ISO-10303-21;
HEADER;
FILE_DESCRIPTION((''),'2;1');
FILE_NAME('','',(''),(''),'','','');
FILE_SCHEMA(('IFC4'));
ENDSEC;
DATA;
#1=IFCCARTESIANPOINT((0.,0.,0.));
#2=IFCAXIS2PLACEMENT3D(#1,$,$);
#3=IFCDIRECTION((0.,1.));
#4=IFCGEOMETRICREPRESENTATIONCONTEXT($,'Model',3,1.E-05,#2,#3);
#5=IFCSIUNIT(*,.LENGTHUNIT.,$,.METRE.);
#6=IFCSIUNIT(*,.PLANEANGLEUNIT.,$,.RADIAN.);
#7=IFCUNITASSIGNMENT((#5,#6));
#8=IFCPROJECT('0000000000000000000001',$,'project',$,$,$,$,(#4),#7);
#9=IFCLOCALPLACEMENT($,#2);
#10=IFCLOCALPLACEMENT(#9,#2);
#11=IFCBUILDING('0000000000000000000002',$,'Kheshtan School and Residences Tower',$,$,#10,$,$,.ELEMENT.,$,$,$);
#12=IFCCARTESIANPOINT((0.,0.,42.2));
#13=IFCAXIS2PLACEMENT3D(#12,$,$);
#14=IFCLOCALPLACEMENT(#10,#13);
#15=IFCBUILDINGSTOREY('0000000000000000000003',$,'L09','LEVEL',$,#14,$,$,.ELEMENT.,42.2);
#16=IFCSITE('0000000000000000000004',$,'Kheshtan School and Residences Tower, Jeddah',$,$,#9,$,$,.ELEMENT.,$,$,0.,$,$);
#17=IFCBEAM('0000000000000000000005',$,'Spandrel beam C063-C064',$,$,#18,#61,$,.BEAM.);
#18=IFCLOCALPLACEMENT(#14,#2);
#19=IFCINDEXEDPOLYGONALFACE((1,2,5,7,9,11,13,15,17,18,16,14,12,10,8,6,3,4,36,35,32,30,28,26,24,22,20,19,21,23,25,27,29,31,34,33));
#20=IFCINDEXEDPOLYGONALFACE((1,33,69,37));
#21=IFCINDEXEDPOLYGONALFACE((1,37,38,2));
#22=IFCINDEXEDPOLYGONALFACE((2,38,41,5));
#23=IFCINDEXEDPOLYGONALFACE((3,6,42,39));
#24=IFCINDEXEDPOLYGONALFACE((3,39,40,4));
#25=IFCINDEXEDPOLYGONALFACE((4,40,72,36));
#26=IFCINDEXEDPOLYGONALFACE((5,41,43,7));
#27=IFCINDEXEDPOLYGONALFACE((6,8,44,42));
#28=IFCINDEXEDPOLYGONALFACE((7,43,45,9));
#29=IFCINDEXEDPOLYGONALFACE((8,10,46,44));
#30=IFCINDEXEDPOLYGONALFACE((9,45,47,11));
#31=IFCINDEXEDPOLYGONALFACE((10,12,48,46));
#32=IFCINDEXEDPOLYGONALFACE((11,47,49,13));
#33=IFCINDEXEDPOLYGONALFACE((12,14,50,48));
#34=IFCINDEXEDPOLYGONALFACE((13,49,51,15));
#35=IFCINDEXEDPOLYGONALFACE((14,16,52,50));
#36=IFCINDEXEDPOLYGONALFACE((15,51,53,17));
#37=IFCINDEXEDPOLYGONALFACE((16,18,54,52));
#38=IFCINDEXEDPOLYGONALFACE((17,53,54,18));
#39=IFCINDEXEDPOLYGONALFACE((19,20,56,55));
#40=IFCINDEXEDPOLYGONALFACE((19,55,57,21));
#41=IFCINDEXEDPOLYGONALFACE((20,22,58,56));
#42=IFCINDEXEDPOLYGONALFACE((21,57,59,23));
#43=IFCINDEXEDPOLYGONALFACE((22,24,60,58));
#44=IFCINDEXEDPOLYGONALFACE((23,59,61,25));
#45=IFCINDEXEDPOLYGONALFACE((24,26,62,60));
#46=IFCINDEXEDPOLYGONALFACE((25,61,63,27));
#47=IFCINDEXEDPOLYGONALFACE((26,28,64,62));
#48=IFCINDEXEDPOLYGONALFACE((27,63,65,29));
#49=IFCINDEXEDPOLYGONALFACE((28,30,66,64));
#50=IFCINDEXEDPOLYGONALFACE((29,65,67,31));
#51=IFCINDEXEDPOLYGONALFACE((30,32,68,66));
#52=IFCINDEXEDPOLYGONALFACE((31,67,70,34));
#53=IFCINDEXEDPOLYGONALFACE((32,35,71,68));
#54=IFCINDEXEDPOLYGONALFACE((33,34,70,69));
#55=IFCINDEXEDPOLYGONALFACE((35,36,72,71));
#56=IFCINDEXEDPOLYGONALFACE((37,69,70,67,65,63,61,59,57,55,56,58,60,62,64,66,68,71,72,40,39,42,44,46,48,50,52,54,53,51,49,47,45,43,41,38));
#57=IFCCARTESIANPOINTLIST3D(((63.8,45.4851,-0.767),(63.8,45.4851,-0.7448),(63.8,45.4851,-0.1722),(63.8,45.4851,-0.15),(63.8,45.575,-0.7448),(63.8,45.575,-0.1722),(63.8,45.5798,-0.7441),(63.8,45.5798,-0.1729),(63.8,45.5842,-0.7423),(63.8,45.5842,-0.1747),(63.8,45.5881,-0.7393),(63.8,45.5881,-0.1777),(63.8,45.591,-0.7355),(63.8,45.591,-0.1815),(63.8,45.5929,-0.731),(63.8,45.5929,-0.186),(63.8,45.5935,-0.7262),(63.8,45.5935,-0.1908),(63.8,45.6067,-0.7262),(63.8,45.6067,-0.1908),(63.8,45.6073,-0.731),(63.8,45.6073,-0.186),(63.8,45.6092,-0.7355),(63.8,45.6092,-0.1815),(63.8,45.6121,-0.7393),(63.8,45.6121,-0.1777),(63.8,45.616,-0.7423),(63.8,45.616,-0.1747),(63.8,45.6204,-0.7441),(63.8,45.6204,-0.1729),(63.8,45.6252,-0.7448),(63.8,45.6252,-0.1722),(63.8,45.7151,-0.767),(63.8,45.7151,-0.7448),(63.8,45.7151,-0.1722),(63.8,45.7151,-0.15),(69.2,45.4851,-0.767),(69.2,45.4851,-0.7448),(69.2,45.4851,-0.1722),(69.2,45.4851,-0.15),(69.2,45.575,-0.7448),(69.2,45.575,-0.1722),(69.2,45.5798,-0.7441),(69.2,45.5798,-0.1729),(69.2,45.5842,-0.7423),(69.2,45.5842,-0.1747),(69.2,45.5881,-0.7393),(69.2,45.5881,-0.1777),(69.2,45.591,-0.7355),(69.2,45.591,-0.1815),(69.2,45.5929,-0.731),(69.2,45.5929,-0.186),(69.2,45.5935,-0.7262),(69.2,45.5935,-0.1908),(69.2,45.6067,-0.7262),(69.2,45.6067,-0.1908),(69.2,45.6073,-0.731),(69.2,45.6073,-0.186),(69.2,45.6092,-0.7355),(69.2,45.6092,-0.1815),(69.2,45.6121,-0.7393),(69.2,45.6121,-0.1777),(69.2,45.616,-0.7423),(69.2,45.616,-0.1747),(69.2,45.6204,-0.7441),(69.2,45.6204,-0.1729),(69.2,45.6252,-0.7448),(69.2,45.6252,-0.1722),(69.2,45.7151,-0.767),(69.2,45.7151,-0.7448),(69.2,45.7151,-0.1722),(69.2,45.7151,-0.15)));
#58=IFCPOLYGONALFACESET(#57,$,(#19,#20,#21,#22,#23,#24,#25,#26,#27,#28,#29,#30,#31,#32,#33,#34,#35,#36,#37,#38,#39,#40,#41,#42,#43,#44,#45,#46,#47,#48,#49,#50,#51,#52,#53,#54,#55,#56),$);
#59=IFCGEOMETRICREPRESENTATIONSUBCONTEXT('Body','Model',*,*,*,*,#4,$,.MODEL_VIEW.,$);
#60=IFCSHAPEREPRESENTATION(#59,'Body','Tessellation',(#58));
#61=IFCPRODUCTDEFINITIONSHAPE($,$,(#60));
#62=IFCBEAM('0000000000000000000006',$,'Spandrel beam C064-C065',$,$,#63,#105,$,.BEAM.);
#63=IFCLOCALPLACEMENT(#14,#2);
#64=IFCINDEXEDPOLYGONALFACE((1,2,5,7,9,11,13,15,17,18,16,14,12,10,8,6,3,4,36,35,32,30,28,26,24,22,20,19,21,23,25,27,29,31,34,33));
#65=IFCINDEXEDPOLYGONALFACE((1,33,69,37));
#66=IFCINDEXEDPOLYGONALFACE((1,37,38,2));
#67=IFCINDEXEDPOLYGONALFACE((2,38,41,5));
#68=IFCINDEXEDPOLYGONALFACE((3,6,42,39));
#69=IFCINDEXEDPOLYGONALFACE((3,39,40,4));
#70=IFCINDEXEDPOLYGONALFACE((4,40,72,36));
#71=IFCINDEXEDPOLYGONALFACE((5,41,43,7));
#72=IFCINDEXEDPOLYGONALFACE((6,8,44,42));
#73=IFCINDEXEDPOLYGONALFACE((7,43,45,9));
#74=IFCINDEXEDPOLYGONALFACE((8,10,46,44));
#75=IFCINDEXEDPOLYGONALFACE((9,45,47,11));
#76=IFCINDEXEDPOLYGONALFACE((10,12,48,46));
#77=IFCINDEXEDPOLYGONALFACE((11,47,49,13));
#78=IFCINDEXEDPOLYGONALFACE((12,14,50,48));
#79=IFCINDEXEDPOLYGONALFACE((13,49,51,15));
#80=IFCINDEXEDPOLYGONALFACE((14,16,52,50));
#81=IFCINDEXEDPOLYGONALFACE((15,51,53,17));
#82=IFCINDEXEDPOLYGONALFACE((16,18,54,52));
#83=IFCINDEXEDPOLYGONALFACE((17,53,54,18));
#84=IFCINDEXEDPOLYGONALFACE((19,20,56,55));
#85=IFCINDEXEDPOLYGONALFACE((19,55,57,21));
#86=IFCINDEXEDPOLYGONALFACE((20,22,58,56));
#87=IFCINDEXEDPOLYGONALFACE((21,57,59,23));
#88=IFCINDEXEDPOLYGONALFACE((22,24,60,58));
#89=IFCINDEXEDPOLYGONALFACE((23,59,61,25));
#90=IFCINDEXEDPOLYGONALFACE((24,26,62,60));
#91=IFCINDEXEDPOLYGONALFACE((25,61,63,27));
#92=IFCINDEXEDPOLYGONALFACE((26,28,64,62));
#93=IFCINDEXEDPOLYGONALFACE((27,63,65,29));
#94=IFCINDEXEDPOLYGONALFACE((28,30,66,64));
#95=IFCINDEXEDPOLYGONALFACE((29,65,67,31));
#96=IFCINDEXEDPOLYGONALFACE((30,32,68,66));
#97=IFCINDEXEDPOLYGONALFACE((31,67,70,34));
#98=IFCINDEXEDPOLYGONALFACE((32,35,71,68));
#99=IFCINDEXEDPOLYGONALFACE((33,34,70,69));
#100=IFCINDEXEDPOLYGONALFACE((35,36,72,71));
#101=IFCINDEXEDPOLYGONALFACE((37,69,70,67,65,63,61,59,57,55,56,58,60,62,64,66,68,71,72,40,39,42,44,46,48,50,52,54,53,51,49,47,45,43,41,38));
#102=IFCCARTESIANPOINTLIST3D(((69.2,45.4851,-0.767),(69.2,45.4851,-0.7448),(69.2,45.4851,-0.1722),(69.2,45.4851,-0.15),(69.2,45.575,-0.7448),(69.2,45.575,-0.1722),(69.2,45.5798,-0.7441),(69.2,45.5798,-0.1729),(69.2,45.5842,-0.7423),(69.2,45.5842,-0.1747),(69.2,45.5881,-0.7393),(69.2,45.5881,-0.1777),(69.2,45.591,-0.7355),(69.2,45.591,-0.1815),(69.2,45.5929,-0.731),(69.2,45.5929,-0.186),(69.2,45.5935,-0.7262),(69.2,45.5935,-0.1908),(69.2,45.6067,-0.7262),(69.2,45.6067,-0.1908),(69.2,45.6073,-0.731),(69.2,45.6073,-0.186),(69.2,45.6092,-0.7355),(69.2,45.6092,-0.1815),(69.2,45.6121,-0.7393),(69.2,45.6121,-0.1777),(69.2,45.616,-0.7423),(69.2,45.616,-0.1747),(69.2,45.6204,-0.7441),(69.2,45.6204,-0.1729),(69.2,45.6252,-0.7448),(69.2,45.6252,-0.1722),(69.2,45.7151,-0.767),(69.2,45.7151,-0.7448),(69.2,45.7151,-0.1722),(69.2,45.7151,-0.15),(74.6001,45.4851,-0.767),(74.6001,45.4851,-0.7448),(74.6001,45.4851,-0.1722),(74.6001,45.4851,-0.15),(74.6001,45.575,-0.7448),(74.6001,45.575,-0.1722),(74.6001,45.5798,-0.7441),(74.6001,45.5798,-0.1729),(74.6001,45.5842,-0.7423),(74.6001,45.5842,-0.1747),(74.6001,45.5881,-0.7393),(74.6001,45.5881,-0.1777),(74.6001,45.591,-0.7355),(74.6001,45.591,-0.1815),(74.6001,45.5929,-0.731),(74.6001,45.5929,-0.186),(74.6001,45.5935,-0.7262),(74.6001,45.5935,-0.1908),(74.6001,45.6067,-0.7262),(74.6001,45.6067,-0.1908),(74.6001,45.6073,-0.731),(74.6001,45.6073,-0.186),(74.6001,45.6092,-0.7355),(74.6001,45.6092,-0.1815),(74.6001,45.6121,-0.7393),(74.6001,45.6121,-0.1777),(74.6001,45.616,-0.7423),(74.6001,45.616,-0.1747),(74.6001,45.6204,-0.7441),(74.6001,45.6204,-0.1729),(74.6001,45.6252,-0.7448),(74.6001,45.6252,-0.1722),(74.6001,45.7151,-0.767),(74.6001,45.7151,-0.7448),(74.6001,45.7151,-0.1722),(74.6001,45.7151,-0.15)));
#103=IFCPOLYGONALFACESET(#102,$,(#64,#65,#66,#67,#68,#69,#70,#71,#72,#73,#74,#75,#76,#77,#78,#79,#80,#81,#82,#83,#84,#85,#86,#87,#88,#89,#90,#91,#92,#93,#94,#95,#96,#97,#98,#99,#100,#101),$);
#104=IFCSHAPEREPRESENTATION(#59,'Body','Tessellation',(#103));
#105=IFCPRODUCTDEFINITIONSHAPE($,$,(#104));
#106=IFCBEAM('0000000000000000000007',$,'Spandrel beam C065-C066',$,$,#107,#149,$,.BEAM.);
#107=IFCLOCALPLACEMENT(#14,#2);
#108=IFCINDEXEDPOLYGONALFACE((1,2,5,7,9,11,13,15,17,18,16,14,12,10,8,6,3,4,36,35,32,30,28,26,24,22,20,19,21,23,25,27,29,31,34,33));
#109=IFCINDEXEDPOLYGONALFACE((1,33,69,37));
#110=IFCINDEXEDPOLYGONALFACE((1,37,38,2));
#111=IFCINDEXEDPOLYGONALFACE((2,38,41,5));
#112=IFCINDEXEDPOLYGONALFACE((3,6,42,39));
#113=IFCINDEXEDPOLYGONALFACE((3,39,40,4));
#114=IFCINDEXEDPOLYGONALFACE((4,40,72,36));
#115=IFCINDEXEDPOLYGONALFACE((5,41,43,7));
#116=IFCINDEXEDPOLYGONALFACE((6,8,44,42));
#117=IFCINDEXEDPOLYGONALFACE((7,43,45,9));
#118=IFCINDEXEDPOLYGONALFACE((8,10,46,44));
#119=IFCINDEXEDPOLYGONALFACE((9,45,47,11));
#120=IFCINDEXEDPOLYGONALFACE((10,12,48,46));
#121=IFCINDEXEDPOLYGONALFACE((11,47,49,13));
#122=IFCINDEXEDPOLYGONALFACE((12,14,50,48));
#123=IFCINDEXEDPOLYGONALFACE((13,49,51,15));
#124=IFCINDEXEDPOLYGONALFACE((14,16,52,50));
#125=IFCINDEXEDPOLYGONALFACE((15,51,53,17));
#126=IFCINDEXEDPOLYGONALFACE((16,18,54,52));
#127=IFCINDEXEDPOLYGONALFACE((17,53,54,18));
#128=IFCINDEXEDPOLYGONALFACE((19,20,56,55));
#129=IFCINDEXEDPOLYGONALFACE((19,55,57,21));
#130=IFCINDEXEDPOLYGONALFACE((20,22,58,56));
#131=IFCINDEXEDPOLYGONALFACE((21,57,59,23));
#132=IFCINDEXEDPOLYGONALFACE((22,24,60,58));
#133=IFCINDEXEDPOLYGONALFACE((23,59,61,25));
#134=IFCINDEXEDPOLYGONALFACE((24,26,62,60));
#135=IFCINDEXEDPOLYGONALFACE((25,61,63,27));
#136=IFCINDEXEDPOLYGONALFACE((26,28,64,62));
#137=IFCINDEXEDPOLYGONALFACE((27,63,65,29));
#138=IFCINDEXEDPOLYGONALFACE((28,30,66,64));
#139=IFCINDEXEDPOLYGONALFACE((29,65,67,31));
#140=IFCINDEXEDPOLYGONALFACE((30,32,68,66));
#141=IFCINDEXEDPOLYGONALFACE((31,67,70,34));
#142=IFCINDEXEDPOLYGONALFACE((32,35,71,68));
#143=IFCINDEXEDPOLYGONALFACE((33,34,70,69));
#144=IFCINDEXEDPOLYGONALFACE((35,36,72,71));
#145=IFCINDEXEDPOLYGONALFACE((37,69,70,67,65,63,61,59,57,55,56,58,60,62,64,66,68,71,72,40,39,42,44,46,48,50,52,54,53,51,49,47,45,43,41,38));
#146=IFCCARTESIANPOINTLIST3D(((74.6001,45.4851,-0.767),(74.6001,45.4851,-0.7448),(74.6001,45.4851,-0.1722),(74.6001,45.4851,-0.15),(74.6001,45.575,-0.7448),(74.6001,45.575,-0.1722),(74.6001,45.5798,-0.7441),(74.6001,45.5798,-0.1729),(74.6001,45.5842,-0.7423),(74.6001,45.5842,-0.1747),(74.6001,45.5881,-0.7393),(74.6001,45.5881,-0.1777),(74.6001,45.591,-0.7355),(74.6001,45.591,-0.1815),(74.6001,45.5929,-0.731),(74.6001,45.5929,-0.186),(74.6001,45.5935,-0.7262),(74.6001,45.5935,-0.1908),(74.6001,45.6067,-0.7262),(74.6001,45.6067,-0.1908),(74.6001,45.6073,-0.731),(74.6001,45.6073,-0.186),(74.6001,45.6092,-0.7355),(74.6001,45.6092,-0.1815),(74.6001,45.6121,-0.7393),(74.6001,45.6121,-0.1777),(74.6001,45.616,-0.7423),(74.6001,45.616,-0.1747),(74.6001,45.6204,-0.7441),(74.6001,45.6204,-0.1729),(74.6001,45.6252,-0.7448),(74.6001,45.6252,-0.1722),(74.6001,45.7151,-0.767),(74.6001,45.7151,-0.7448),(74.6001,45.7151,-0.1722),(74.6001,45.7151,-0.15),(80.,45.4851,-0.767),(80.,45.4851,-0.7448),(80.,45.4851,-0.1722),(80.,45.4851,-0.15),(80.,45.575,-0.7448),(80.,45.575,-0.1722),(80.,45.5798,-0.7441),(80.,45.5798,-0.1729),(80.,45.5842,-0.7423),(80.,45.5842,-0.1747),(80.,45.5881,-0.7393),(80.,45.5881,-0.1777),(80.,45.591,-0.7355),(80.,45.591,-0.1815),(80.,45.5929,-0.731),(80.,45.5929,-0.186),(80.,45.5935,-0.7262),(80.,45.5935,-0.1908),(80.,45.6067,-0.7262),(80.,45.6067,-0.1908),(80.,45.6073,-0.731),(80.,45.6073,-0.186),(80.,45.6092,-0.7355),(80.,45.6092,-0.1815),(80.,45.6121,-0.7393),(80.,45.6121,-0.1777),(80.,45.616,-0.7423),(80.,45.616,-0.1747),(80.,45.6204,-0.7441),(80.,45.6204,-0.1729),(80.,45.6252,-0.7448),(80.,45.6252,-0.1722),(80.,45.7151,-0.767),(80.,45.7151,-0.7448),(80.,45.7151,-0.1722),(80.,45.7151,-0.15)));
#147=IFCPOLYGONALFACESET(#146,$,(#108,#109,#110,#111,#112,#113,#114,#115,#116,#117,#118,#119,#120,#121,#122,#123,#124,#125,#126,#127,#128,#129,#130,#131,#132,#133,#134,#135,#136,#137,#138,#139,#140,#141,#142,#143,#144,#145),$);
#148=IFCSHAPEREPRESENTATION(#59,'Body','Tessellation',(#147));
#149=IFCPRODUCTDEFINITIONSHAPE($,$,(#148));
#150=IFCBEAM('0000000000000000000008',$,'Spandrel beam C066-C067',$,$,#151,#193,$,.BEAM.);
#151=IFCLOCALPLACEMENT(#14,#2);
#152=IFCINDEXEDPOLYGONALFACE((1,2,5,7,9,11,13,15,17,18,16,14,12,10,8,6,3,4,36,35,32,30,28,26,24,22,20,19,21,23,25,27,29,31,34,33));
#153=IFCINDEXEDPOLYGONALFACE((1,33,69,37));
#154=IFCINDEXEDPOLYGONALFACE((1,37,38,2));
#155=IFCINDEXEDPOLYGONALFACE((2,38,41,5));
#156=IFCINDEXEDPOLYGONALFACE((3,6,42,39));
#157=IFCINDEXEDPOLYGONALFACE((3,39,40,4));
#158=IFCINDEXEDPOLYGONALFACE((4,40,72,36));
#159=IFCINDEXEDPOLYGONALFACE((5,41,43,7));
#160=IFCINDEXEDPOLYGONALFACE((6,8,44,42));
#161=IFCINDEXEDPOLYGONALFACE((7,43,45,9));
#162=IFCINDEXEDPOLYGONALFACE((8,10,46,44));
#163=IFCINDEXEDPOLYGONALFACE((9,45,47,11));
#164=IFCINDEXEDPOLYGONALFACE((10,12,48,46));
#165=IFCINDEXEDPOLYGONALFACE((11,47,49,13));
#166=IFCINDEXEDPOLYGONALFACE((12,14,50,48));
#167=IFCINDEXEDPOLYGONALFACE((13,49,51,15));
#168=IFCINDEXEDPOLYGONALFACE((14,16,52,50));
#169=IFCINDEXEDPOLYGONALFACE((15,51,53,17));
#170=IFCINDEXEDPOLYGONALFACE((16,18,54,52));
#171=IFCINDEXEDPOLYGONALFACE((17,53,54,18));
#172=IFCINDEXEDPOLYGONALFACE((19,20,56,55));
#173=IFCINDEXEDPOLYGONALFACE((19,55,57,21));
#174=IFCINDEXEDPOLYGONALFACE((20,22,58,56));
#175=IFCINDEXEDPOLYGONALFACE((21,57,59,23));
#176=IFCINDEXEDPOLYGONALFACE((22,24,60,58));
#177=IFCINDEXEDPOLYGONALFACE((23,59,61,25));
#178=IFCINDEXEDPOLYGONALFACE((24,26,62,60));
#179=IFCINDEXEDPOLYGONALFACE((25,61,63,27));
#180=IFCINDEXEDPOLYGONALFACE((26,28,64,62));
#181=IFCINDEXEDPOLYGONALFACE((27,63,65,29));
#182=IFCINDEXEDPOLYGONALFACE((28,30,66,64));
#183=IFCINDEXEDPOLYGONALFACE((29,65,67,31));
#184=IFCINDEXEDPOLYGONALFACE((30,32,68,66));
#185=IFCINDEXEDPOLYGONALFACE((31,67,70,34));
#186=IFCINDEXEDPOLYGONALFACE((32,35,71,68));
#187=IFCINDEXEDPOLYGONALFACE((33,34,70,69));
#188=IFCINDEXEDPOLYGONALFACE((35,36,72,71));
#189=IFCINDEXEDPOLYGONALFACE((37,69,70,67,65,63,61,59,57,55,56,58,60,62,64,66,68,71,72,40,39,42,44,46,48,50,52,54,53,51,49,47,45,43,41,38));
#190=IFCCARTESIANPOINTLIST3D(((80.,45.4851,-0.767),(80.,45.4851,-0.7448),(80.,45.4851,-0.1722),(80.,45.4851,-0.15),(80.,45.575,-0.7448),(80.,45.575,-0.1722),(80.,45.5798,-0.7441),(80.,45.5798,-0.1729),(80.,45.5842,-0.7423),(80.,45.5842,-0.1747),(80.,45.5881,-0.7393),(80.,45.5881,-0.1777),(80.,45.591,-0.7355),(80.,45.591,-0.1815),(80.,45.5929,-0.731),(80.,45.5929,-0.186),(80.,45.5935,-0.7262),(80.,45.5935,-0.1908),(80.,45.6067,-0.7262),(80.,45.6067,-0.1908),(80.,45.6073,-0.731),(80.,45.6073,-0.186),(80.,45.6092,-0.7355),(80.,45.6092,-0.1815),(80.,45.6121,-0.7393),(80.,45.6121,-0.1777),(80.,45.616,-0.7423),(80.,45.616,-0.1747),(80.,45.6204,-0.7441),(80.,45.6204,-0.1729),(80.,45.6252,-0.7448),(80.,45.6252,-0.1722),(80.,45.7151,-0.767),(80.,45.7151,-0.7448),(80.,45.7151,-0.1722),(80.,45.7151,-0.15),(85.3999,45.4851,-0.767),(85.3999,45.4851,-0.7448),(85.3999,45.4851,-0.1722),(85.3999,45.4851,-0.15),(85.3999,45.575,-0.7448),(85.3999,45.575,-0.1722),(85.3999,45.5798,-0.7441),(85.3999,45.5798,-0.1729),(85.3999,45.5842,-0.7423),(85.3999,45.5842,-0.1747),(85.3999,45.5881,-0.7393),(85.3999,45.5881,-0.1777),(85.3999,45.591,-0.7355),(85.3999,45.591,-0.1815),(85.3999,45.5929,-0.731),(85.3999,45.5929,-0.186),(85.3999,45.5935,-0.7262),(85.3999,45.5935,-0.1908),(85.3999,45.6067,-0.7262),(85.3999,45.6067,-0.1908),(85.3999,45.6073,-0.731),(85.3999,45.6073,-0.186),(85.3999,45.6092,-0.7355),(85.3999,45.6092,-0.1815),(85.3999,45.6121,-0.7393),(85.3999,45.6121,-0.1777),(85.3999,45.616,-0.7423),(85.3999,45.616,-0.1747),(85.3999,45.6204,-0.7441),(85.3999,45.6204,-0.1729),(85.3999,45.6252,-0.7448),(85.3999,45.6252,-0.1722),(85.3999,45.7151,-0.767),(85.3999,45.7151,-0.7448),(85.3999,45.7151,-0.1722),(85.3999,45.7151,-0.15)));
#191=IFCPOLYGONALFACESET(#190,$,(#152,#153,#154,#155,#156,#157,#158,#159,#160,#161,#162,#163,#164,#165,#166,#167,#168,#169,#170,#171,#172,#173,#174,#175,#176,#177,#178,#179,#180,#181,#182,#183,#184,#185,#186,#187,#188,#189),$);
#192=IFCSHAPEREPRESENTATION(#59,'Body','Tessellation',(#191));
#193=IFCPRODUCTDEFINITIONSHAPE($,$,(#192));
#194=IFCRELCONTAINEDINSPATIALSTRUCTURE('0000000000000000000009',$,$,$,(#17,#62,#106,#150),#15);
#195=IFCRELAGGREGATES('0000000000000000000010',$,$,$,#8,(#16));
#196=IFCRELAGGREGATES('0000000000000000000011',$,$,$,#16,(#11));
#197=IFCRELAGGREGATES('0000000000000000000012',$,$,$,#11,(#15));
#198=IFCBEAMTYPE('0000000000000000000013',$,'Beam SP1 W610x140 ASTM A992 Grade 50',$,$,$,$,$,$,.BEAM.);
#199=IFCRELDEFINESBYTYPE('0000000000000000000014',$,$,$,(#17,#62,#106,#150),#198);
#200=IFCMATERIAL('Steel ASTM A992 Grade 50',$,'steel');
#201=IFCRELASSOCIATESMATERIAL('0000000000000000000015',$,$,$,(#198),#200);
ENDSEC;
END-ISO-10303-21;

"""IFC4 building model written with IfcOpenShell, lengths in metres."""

from ifc_helpers import new_model, si_unit, direction, frame, origin, origin_2d, place, context, subcontext, project, spatial, i_section, extrude, material, material_profile, profile_set, type_object, element, save


model = new_model("IFC4")

# Units and contexts
model_context = context("Model", 3, precision=1e-05, world=origin(), true_north=direction((0.0, 1.0)))
body_context = subcontext(model_context, "Body", "Model", "MODEL_VIEW")
ifc_project = project(units=[si_unit("LENGTHUNIT", "METRE"), si_unit("PLANEANGLEUNIT", "RADIAN")], contexts=[model_context])

# Site, building, storey
site_placement = place(None, origin())
site = spatial("IfcSite", under=ifc_project, at=site_placement, Name="Kheshtan School and Residences Tower, Jeddah", CompositionType="ELEMENT", RefElevation=0.0)
building_placement = place(site_placement, origin())
building = spatial("IfcBuilding", under=site, at=building_placement, Name="Kheshtan School and Residences Tower", CompositionType="ELEMENT")
storey_placement = place(building_placement, frame((0.0, 0.0, 42.2)))
storey = spatial("IfcBuildingStorey", under=building, at=storey_placement, Name="L09", Description="LEVEL", CompositionType="ELEMENT", Elevation=42.2)

# Shared definitions
ifc_material_1 = material(Name="Steel ASTM A992 Grade 50", Category="steel")

# Beams
ifc_material_profile_1 = material_profile(ifc_material_1, i_section(OverallWidth=0.23, OverallDepth=0.6169, WebThickness=0.0132, FlangeThickness=0.0222, FilletRadius=0.0186, at=origin_2d()), Name="W610x140")
ifc_profile_set_1 = profile_set([ifc_material_profile_1], Name="Steel ASTM A992 Grade 50")
beam_type_1 = type_object("IfcBeamType", Name="Beam SP1 W610x140 ASTM A992 Grade 50", PredefinedType="BEAM", material=ifc_profile_set_1)
beam_1_placement = place(storey_placement, frame((63.8, 45.6001, -0.4585), z_axis=(1.0, 0.0, 0.0), x_axis=(0.0, 1.0, 0.0)))
element("IfcBeam", 1, at=beam_1_placement, inside=storey, type_object=beam_type_1, Name="Spandrel beam C063-C064", PredefinedType="BEAM", context=body_context, shape_type="SweptSolid", body=[
    extrude(i_section(OverallWidth=0.23, OverallDepth=0.6169, WebThickness=0.0132, FlangeThickness=0.0222, FilletRadius=0.0186, at=origin_2d()), origin(), (0.0, 0.0, 1.0), 5.3999),
])
beam_2_placement = place(storey_placement, frame((69.2, 45.6001, -0.4585), z_axis=(1.0, 0.0, 0.0), x_axis=(0.0, 1.0, 0.0)))
element("IfcBeam", 2, at=beam_2_placement, inside=storey, type_object=beam_type_1, Name="Spandrel beam C064-C065", PredefinedType="BEAM", context=body_context, shape_type="SweptSolid", body=[
    extrude(i_section(OverallWidth=0.23, OverallDepth=0.6169, WebThickness=0.0132, FlangeThickness=0.0222, FilletRadius=0.0186, at=origin_2d()), origin(), (0.0, 0.0, 1.0), 5.4001),
])
for number, where, z_axis, x_axis, name in (
    (3, (74.6001, 45.6001, -0.4585), (1.0, 0.0, 0.0), (0.0, 1.0, 0.0), "Spandrel beam C065-C066"),
    (4, (80.0, 45.6001, -0.4585), (1.0, 0.0, 0.0), (0.0, 1.0, 0.0), "Spandrel beam C066-C067"),
):
    element("IfcBeam", number, at=place(storey_placement, frame(where, z_axis=z_axis, x_axis=x_axis)), inside=storey, type_object=beam_type_1, Name=name, PredefinedType="BEAM", context=body_context, shape_type="SweptSolid", body=[
        extrude(i_section(OverallWidth=0.23, OverallDepth=0.6169, WebThickness=0.0132, FlangeThickness=0.0222, FilletRadius=0.0186, at=origin_2d()), origin(), (0.0, 0.0, 1.0), 5.3999),
    ])

save(model, "model.ifc")
